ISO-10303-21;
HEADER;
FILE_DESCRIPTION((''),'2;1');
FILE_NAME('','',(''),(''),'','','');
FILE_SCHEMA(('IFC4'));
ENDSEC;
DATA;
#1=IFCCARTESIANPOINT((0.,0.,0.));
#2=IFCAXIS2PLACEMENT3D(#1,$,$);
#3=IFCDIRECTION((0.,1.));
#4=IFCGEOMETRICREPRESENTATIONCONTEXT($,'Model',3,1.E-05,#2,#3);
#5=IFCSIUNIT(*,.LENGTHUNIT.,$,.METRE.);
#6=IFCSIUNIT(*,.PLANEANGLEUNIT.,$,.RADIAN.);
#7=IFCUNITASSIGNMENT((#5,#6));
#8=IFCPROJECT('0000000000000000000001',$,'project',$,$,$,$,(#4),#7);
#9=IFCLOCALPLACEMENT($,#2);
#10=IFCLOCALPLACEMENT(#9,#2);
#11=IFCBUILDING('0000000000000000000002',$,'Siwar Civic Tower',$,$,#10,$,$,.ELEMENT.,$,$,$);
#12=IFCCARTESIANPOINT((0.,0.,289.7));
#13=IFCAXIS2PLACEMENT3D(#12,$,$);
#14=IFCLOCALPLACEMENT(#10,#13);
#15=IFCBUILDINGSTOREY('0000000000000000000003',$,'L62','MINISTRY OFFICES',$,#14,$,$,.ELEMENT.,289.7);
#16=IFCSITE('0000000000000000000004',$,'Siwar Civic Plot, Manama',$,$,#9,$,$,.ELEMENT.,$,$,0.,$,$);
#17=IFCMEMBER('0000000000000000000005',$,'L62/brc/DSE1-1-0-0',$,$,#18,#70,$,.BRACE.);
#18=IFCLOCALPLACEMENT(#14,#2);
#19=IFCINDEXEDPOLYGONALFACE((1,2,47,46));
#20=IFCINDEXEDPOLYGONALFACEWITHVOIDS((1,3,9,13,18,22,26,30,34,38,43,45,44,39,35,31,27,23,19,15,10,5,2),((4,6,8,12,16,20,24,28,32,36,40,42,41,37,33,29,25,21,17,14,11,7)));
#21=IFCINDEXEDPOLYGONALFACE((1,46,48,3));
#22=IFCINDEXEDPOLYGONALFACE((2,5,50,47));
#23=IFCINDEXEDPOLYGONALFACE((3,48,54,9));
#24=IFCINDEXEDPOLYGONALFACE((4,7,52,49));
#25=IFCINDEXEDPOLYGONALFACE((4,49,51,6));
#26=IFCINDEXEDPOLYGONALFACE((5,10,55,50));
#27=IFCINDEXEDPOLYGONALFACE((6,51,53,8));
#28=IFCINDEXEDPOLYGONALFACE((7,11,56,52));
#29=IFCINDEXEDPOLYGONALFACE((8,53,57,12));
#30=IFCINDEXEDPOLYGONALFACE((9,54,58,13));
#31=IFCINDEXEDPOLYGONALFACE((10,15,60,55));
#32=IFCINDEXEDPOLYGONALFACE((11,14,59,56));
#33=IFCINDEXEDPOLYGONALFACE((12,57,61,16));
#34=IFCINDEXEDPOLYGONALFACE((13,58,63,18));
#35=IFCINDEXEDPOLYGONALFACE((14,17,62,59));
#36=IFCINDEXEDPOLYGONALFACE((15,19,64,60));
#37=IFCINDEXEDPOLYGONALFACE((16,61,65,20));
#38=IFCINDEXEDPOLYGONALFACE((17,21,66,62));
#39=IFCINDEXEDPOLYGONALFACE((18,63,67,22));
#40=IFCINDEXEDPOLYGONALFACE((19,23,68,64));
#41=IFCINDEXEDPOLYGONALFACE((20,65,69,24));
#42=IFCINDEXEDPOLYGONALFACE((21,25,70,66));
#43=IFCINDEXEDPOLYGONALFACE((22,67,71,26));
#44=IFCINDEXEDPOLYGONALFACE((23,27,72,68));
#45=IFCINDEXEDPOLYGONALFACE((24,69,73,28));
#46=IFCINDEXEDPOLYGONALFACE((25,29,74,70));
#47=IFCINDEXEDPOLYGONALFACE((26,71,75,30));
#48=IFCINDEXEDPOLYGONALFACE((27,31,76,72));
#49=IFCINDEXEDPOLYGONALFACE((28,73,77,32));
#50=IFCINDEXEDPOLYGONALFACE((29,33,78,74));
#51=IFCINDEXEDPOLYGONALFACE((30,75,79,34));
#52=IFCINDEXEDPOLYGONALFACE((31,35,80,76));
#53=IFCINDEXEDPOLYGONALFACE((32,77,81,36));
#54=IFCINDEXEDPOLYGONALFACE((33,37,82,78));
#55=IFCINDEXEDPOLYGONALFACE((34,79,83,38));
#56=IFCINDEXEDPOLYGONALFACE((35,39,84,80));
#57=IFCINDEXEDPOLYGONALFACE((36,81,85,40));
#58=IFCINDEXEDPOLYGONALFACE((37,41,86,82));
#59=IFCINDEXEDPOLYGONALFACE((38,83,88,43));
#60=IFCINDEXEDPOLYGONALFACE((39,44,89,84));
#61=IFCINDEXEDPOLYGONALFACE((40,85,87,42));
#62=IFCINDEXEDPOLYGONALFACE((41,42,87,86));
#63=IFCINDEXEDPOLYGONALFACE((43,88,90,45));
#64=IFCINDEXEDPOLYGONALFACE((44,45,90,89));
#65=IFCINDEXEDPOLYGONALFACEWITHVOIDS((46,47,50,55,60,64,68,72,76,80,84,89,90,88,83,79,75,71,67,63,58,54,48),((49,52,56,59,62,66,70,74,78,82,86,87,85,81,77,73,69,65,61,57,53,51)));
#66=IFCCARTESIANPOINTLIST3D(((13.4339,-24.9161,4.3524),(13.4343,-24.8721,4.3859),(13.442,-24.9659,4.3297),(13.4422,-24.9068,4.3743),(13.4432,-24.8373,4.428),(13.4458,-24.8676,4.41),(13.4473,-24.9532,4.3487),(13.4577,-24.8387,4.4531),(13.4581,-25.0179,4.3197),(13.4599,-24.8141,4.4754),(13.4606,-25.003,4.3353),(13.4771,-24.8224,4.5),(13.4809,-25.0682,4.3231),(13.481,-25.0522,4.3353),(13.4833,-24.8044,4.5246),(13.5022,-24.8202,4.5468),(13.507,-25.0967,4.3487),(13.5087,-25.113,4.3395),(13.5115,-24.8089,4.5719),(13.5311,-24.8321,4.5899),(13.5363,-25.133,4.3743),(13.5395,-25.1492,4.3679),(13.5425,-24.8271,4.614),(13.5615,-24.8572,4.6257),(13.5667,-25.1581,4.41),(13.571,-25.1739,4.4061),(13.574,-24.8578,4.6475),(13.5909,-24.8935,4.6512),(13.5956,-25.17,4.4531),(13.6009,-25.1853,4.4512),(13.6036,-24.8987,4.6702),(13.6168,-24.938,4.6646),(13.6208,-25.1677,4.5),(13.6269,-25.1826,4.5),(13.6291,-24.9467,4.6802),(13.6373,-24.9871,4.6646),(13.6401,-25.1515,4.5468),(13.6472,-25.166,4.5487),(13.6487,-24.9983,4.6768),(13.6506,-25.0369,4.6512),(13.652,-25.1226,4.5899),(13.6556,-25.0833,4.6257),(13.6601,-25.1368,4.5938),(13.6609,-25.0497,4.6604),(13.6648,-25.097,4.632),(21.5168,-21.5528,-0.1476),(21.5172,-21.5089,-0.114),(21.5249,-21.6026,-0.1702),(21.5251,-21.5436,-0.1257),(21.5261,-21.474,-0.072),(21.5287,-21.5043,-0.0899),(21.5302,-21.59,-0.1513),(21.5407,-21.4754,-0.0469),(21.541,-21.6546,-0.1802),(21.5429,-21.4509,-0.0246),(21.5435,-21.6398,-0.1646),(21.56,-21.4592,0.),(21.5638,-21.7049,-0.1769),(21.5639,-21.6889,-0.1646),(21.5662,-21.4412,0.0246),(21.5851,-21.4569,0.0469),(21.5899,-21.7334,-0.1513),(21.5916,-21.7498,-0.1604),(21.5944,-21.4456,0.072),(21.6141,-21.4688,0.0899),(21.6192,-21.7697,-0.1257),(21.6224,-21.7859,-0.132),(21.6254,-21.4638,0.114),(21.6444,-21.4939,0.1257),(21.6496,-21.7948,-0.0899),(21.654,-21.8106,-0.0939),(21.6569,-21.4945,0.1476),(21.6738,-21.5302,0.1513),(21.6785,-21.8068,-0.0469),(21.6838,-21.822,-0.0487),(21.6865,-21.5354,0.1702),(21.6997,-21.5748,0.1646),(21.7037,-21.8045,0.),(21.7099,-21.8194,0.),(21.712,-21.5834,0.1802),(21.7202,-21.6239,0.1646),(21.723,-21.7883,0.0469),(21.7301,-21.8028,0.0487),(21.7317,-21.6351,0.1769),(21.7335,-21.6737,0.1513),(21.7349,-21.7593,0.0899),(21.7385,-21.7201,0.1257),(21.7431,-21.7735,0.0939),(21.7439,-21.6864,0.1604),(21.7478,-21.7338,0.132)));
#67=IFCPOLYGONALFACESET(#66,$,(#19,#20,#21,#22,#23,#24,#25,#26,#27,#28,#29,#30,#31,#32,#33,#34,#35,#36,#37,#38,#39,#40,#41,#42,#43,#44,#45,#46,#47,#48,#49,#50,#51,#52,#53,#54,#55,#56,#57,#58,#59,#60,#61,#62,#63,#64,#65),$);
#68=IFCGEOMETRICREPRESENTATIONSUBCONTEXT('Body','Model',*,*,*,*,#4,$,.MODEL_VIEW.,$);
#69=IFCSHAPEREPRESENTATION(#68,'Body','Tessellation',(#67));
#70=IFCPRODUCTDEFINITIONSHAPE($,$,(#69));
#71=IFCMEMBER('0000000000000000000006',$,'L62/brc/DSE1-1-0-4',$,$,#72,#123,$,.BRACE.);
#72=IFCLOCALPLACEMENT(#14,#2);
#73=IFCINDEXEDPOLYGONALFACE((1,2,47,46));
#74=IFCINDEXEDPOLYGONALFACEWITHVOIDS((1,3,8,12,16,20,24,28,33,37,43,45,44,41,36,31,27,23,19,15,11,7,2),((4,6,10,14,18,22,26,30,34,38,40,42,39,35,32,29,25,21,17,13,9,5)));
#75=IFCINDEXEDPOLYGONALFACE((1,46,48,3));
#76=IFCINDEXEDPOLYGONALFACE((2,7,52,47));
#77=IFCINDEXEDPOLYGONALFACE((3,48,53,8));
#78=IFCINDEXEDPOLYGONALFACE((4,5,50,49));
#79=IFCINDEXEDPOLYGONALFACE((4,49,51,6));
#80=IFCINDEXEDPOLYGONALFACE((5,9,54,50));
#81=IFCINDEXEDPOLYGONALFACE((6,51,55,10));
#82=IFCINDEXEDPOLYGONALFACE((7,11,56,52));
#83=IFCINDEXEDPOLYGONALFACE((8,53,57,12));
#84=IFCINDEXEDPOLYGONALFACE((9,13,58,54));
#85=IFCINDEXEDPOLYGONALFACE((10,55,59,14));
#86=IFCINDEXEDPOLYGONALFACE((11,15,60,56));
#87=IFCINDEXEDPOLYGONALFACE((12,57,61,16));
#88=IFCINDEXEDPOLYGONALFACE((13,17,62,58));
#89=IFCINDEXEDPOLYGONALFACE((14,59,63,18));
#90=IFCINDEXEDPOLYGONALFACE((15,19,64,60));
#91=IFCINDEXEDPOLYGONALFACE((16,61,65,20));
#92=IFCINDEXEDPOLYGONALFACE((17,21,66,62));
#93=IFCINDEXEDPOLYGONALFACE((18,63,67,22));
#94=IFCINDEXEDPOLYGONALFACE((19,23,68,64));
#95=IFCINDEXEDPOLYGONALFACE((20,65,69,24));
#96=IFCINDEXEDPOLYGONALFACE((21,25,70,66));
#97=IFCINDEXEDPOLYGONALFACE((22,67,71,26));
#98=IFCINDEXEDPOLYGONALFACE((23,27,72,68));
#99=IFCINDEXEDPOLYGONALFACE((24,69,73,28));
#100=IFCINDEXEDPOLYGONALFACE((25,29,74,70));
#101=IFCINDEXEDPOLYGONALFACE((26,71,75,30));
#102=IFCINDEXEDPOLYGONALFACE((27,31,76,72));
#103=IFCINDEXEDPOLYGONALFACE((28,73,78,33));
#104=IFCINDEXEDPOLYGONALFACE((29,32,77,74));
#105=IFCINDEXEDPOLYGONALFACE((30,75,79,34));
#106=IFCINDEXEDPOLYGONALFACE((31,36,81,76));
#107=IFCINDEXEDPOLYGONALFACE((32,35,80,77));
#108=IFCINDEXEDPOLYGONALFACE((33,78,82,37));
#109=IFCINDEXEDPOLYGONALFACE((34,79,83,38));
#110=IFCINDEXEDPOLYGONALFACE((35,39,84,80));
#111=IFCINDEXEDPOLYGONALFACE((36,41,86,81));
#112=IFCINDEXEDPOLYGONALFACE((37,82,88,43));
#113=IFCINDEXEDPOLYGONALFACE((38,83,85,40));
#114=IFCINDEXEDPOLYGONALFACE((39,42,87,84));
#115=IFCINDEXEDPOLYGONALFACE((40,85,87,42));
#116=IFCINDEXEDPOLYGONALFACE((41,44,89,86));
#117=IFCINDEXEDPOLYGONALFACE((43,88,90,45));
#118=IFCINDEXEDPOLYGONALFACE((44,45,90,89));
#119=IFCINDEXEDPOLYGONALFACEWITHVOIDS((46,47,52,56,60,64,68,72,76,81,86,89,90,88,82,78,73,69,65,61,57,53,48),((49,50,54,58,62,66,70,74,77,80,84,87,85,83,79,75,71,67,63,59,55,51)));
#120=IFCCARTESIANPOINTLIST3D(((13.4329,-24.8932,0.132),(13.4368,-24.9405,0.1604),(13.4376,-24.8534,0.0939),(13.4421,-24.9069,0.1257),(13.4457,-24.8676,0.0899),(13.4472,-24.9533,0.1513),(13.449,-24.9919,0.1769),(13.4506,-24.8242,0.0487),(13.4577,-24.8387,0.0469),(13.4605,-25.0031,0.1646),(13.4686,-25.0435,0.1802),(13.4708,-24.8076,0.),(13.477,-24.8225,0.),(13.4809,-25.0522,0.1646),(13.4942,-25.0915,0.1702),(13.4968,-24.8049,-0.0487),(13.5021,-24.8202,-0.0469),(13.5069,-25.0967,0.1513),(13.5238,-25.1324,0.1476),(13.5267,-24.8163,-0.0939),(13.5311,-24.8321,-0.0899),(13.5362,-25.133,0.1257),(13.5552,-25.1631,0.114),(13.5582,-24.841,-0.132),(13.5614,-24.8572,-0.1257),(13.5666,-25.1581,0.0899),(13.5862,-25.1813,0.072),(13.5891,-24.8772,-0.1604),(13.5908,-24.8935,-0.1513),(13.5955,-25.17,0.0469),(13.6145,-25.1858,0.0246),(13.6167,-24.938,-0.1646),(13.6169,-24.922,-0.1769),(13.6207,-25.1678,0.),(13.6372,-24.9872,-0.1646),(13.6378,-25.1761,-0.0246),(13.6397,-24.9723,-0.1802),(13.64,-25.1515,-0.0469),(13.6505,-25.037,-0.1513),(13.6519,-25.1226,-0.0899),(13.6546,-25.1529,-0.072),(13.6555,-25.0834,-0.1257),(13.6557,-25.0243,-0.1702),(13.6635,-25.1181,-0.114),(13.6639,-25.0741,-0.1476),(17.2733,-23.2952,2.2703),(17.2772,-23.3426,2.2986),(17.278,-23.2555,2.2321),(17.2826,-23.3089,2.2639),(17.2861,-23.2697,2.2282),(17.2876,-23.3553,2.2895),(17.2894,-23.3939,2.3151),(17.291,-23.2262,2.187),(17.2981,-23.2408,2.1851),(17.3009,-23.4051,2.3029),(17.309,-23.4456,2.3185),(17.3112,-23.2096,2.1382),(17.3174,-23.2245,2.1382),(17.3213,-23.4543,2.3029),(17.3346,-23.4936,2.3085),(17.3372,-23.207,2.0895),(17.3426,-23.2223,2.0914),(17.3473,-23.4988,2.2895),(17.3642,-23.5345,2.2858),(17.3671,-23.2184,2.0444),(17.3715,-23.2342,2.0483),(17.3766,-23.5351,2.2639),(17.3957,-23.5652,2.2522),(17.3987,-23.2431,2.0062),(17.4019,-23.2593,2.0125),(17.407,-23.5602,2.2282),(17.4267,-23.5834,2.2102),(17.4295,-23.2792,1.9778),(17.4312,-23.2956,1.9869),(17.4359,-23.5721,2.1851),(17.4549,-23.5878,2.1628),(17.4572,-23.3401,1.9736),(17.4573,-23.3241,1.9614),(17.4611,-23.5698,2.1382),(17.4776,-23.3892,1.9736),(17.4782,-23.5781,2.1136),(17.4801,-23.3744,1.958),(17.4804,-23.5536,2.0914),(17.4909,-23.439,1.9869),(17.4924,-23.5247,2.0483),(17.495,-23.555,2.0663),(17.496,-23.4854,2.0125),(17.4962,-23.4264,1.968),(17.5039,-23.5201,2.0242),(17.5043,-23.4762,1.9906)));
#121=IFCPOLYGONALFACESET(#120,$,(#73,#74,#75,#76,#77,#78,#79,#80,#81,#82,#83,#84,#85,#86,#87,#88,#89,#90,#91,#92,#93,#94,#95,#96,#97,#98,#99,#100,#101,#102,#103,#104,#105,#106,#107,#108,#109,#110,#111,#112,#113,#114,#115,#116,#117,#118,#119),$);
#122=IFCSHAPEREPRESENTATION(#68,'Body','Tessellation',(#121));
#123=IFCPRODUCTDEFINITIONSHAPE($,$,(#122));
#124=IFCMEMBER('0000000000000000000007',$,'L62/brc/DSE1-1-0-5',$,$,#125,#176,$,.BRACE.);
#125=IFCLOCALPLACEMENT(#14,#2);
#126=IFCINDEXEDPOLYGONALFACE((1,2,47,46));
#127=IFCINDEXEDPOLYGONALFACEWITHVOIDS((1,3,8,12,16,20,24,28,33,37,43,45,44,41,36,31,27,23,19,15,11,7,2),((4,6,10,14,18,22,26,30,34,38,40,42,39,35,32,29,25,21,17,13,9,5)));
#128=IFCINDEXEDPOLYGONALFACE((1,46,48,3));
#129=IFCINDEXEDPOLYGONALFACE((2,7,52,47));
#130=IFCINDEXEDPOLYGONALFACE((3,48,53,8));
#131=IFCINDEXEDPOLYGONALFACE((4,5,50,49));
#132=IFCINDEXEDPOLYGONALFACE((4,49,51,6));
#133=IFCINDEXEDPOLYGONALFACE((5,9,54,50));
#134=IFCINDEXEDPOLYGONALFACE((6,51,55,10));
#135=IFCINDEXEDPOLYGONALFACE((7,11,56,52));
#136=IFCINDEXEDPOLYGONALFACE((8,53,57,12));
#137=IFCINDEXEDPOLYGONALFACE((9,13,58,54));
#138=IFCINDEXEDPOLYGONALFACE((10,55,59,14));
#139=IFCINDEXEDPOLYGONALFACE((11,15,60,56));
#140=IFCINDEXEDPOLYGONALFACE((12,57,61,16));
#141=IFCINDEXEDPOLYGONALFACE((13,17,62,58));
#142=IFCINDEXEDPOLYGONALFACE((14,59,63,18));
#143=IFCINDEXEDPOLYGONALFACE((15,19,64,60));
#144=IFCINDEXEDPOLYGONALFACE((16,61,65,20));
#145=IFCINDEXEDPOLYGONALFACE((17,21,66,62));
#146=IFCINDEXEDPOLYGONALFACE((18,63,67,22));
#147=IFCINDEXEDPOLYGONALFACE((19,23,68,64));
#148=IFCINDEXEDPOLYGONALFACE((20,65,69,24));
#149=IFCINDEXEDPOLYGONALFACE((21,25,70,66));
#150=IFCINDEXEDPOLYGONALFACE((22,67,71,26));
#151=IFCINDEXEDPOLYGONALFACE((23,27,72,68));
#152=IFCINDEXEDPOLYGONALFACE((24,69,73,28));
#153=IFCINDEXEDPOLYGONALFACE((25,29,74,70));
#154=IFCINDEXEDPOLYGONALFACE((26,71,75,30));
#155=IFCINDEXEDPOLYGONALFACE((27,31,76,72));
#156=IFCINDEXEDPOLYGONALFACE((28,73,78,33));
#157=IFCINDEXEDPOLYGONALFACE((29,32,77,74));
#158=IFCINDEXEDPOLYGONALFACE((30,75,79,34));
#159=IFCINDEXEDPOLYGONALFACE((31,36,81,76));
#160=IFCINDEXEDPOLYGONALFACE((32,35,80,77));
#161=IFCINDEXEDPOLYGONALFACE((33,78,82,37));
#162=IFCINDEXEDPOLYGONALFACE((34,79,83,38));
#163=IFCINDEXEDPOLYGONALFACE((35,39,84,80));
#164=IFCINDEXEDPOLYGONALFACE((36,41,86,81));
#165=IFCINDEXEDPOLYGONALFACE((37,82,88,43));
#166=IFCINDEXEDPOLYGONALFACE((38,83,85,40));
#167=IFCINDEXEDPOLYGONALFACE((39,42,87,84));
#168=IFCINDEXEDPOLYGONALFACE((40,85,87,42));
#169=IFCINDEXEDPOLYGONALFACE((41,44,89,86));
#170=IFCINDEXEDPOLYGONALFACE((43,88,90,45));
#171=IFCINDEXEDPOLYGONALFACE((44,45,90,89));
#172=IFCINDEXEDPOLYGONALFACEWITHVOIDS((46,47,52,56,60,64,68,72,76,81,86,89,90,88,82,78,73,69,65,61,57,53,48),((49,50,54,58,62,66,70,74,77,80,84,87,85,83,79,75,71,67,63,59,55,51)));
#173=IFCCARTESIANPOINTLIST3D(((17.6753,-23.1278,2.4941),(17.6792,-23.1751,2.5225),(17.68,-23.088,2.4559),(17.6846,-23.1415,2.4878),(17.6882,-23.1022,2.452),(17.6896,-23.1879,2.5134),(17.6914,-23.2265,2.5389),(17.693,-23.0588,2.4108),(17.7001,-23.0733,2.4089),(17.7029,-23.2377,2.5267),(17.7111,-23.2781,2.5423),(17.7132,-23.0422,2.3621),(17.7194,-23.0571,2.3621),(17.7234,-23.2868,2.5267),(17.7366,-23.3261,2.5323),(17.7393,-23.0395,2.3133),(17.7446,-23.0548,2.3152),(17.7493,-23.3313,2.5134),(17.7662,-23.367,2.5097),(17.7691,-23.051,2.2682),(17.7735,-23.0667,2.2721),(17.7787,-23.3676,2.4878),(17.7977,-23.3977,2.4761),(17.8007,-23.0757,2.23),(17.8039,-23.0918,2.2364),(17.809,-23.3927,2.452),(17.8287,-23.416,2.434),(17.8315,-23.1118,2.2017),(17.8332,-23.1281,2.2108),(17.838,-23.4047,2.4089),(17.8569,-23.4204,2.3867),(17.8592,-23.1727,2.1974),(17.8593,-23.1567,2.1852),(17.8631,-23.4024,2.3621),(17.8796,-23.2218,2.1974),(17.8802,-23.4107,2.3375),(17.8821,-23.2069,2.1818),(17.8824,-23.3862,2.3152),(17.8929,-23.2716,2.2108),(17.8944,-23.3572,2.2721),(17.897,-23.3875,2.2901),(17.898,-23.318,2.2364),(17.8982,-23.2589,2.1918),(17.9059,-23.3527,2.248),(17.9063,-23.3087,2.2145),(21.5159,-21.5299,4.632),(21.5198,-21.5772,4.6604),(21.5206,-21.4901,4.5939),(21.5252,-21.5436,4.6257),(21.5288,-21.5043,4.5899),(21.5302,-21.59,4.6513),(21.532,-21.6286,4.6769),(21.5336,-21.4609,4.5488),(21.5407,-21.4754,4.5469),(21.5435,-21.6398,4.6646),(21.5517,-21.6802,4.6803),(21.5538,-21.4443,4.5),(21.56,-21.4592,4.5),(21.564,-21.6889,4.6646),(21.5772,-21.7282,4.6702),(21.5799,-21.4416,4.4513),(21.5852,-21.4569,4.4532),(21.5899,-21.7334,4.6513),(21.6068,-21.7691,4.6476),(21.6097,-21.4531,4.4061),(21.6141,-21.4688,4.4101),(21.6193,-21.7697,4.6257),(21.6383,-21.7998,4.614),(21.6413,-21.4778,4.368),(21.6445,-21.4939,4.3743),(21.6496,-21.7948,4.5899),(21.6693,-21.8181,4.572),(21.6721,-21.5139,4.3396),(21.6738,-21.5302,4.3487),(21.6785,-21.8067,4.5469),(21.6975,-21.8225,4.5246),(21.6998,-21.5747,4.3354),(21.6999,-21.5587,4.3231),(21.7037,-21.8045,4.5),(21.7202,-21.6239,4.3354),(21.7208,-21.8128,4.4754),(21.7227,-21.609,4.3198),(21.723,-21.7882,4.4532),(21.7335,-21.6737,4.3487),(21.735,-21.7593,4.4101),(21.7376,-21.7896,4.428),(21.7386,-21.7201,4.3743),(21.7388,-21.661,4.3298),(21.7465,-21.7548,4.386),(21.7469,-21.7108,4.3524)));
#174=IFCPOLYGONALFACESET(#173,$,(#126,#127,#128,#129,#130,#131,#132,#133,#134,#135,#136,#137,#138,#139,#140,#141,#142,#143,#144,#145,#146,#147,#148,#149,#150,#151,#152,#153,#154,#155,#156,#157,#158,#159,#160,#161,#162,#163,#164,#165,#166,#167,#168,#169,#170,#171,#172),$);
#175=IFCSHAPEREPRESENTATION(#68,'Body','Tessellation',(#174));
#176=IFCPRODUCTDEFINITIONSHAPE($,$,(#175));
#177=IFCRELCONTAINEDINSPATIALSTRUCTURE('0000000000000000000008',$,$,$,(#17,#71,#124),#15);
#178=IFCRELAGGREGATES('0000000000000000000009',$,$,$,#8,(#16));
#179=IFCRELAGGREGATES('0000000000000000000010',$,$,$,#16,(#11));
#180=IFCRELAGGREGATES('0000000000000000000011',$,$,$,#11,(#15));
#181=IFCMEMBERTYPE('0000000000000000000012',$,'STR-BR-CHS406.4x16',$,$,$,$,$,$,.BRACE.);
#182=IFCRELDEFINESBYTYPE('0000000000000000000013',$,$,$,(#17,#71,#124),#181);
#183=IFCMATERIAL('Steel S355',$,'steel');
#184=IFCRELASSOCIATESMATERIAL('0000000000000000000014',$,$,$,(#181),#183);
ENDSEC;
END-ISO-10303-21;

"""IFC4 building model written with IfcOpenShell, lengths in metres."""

from ifc_helpers import new_model, si_unit, direction, frame, origin, origin_2d, place, context, subcontext, project, spatial, hollow_circle, extrude, material, material_profile, profile_set, type_object, element, save


model = new_model("IFC4")

# Units and contexts
model_context = context("Model", 3, precision=1e-05, world=origin(), true_north=direction((0.0, 1.0)))
body_context = subcontext(model_context, "Body", "Model", "MODEL_VIEW")
ifc_project = project(units=[si_unit("LENGTHUNIT", "METRE"), si_unit("PLANEANGLEUNIT", "RADIAN")], contexts=[model_context])

# Site, building, storey
site_placement = place(None, origin())
site = spatial("IfcSite", under=ifc_project, at=site_placement, Name="Siwar Civic Plot, Manama", CompositionType="ELEMENT", RefElevation=0.0)
building_placement = place(site_placement, origin())
building = spatial("IfcBuilding", under=site, at=building_placement, Name="Siwar Civic Tower", CompositionType="ELEMENT")
storey_placement = place(building_placement, frame((0.0, 0.0, 289.7)))
storey = spatial("IfcBuildingStorey", under=building, at=storey_placement, Name="L62", Description="MINISTRY OFFICES", CompositionType="ELEMENT", Elevation=289.7)

# Members
ifc_material_1 = material(Name="Steel S355", Category="steel")
ifc_material_profile_1 = material_profile(ifc_material_1, hollow_circle(Radius=0.2031, WallThickness=0.0161, at=origin_2d()), Name="CHS406.4x16")
ifc_profile_set_1 = profile_set([ifc_material_profile_1], Name="Steel S355")
member_type_1 = type_object("IfcMemberType", Name="STR-BR-CHS406.4x16", PredefinedType="BRACE", material=ifc_profile_set_1)
member_1_placement = place(storey_placement, frame((21.6318, -21.6318, 0.0), z_axis=(-0.821143, -0.341671, 0.457149), x_axis=(0.384164, -0.923265, 0.0)))
element("IfcMember", 1, at=member_1_placement, inside=storey, type_object=member_type_1, Name="L62/brc/DSE1-1-0-0", PredefinedType="BRACE", context=body_context, shape_type="SweptSolid", body=[
    extrude(hollow_circle(Radius=0.2031, WallThickness=0.0161, at=origin_2d()), origin(), (0.0, 0.0, 1.0), 9.8435),
])
for number, where, z_axis, x_axis, name in (
    (2, (13.5488, -24.9951, 0.0), (0.82113, 0.341659, 0.457181), (-0.384157, 0.923268, 0.0), "L62/brc/DSE1-1-0-4"),
    (3, (17.7913, -23.2297, 2.3621), (0.821167, 0.341653, 0.45712), (-0.384136, 0.923276, 0.0), "L62/brc/DSE1-1-0-5"),
):
    element("IfcMember", number, at=place(storey_placement, frame(where, z_axis=z_axis, x_axis=x_axis)), inside=storey, type_object=member_type_1, Name=name, PredefinedType="BRACE", context=body_context, shape_type="SweptSolid", body=[
        extrude(hollow_circle(Radius=0.2031, WallThickness=0.0161, at=origin_2d()), origin(), (0.0, 0.0, 1.0), 4.677),
    ])

save(model, "model.ifc")
